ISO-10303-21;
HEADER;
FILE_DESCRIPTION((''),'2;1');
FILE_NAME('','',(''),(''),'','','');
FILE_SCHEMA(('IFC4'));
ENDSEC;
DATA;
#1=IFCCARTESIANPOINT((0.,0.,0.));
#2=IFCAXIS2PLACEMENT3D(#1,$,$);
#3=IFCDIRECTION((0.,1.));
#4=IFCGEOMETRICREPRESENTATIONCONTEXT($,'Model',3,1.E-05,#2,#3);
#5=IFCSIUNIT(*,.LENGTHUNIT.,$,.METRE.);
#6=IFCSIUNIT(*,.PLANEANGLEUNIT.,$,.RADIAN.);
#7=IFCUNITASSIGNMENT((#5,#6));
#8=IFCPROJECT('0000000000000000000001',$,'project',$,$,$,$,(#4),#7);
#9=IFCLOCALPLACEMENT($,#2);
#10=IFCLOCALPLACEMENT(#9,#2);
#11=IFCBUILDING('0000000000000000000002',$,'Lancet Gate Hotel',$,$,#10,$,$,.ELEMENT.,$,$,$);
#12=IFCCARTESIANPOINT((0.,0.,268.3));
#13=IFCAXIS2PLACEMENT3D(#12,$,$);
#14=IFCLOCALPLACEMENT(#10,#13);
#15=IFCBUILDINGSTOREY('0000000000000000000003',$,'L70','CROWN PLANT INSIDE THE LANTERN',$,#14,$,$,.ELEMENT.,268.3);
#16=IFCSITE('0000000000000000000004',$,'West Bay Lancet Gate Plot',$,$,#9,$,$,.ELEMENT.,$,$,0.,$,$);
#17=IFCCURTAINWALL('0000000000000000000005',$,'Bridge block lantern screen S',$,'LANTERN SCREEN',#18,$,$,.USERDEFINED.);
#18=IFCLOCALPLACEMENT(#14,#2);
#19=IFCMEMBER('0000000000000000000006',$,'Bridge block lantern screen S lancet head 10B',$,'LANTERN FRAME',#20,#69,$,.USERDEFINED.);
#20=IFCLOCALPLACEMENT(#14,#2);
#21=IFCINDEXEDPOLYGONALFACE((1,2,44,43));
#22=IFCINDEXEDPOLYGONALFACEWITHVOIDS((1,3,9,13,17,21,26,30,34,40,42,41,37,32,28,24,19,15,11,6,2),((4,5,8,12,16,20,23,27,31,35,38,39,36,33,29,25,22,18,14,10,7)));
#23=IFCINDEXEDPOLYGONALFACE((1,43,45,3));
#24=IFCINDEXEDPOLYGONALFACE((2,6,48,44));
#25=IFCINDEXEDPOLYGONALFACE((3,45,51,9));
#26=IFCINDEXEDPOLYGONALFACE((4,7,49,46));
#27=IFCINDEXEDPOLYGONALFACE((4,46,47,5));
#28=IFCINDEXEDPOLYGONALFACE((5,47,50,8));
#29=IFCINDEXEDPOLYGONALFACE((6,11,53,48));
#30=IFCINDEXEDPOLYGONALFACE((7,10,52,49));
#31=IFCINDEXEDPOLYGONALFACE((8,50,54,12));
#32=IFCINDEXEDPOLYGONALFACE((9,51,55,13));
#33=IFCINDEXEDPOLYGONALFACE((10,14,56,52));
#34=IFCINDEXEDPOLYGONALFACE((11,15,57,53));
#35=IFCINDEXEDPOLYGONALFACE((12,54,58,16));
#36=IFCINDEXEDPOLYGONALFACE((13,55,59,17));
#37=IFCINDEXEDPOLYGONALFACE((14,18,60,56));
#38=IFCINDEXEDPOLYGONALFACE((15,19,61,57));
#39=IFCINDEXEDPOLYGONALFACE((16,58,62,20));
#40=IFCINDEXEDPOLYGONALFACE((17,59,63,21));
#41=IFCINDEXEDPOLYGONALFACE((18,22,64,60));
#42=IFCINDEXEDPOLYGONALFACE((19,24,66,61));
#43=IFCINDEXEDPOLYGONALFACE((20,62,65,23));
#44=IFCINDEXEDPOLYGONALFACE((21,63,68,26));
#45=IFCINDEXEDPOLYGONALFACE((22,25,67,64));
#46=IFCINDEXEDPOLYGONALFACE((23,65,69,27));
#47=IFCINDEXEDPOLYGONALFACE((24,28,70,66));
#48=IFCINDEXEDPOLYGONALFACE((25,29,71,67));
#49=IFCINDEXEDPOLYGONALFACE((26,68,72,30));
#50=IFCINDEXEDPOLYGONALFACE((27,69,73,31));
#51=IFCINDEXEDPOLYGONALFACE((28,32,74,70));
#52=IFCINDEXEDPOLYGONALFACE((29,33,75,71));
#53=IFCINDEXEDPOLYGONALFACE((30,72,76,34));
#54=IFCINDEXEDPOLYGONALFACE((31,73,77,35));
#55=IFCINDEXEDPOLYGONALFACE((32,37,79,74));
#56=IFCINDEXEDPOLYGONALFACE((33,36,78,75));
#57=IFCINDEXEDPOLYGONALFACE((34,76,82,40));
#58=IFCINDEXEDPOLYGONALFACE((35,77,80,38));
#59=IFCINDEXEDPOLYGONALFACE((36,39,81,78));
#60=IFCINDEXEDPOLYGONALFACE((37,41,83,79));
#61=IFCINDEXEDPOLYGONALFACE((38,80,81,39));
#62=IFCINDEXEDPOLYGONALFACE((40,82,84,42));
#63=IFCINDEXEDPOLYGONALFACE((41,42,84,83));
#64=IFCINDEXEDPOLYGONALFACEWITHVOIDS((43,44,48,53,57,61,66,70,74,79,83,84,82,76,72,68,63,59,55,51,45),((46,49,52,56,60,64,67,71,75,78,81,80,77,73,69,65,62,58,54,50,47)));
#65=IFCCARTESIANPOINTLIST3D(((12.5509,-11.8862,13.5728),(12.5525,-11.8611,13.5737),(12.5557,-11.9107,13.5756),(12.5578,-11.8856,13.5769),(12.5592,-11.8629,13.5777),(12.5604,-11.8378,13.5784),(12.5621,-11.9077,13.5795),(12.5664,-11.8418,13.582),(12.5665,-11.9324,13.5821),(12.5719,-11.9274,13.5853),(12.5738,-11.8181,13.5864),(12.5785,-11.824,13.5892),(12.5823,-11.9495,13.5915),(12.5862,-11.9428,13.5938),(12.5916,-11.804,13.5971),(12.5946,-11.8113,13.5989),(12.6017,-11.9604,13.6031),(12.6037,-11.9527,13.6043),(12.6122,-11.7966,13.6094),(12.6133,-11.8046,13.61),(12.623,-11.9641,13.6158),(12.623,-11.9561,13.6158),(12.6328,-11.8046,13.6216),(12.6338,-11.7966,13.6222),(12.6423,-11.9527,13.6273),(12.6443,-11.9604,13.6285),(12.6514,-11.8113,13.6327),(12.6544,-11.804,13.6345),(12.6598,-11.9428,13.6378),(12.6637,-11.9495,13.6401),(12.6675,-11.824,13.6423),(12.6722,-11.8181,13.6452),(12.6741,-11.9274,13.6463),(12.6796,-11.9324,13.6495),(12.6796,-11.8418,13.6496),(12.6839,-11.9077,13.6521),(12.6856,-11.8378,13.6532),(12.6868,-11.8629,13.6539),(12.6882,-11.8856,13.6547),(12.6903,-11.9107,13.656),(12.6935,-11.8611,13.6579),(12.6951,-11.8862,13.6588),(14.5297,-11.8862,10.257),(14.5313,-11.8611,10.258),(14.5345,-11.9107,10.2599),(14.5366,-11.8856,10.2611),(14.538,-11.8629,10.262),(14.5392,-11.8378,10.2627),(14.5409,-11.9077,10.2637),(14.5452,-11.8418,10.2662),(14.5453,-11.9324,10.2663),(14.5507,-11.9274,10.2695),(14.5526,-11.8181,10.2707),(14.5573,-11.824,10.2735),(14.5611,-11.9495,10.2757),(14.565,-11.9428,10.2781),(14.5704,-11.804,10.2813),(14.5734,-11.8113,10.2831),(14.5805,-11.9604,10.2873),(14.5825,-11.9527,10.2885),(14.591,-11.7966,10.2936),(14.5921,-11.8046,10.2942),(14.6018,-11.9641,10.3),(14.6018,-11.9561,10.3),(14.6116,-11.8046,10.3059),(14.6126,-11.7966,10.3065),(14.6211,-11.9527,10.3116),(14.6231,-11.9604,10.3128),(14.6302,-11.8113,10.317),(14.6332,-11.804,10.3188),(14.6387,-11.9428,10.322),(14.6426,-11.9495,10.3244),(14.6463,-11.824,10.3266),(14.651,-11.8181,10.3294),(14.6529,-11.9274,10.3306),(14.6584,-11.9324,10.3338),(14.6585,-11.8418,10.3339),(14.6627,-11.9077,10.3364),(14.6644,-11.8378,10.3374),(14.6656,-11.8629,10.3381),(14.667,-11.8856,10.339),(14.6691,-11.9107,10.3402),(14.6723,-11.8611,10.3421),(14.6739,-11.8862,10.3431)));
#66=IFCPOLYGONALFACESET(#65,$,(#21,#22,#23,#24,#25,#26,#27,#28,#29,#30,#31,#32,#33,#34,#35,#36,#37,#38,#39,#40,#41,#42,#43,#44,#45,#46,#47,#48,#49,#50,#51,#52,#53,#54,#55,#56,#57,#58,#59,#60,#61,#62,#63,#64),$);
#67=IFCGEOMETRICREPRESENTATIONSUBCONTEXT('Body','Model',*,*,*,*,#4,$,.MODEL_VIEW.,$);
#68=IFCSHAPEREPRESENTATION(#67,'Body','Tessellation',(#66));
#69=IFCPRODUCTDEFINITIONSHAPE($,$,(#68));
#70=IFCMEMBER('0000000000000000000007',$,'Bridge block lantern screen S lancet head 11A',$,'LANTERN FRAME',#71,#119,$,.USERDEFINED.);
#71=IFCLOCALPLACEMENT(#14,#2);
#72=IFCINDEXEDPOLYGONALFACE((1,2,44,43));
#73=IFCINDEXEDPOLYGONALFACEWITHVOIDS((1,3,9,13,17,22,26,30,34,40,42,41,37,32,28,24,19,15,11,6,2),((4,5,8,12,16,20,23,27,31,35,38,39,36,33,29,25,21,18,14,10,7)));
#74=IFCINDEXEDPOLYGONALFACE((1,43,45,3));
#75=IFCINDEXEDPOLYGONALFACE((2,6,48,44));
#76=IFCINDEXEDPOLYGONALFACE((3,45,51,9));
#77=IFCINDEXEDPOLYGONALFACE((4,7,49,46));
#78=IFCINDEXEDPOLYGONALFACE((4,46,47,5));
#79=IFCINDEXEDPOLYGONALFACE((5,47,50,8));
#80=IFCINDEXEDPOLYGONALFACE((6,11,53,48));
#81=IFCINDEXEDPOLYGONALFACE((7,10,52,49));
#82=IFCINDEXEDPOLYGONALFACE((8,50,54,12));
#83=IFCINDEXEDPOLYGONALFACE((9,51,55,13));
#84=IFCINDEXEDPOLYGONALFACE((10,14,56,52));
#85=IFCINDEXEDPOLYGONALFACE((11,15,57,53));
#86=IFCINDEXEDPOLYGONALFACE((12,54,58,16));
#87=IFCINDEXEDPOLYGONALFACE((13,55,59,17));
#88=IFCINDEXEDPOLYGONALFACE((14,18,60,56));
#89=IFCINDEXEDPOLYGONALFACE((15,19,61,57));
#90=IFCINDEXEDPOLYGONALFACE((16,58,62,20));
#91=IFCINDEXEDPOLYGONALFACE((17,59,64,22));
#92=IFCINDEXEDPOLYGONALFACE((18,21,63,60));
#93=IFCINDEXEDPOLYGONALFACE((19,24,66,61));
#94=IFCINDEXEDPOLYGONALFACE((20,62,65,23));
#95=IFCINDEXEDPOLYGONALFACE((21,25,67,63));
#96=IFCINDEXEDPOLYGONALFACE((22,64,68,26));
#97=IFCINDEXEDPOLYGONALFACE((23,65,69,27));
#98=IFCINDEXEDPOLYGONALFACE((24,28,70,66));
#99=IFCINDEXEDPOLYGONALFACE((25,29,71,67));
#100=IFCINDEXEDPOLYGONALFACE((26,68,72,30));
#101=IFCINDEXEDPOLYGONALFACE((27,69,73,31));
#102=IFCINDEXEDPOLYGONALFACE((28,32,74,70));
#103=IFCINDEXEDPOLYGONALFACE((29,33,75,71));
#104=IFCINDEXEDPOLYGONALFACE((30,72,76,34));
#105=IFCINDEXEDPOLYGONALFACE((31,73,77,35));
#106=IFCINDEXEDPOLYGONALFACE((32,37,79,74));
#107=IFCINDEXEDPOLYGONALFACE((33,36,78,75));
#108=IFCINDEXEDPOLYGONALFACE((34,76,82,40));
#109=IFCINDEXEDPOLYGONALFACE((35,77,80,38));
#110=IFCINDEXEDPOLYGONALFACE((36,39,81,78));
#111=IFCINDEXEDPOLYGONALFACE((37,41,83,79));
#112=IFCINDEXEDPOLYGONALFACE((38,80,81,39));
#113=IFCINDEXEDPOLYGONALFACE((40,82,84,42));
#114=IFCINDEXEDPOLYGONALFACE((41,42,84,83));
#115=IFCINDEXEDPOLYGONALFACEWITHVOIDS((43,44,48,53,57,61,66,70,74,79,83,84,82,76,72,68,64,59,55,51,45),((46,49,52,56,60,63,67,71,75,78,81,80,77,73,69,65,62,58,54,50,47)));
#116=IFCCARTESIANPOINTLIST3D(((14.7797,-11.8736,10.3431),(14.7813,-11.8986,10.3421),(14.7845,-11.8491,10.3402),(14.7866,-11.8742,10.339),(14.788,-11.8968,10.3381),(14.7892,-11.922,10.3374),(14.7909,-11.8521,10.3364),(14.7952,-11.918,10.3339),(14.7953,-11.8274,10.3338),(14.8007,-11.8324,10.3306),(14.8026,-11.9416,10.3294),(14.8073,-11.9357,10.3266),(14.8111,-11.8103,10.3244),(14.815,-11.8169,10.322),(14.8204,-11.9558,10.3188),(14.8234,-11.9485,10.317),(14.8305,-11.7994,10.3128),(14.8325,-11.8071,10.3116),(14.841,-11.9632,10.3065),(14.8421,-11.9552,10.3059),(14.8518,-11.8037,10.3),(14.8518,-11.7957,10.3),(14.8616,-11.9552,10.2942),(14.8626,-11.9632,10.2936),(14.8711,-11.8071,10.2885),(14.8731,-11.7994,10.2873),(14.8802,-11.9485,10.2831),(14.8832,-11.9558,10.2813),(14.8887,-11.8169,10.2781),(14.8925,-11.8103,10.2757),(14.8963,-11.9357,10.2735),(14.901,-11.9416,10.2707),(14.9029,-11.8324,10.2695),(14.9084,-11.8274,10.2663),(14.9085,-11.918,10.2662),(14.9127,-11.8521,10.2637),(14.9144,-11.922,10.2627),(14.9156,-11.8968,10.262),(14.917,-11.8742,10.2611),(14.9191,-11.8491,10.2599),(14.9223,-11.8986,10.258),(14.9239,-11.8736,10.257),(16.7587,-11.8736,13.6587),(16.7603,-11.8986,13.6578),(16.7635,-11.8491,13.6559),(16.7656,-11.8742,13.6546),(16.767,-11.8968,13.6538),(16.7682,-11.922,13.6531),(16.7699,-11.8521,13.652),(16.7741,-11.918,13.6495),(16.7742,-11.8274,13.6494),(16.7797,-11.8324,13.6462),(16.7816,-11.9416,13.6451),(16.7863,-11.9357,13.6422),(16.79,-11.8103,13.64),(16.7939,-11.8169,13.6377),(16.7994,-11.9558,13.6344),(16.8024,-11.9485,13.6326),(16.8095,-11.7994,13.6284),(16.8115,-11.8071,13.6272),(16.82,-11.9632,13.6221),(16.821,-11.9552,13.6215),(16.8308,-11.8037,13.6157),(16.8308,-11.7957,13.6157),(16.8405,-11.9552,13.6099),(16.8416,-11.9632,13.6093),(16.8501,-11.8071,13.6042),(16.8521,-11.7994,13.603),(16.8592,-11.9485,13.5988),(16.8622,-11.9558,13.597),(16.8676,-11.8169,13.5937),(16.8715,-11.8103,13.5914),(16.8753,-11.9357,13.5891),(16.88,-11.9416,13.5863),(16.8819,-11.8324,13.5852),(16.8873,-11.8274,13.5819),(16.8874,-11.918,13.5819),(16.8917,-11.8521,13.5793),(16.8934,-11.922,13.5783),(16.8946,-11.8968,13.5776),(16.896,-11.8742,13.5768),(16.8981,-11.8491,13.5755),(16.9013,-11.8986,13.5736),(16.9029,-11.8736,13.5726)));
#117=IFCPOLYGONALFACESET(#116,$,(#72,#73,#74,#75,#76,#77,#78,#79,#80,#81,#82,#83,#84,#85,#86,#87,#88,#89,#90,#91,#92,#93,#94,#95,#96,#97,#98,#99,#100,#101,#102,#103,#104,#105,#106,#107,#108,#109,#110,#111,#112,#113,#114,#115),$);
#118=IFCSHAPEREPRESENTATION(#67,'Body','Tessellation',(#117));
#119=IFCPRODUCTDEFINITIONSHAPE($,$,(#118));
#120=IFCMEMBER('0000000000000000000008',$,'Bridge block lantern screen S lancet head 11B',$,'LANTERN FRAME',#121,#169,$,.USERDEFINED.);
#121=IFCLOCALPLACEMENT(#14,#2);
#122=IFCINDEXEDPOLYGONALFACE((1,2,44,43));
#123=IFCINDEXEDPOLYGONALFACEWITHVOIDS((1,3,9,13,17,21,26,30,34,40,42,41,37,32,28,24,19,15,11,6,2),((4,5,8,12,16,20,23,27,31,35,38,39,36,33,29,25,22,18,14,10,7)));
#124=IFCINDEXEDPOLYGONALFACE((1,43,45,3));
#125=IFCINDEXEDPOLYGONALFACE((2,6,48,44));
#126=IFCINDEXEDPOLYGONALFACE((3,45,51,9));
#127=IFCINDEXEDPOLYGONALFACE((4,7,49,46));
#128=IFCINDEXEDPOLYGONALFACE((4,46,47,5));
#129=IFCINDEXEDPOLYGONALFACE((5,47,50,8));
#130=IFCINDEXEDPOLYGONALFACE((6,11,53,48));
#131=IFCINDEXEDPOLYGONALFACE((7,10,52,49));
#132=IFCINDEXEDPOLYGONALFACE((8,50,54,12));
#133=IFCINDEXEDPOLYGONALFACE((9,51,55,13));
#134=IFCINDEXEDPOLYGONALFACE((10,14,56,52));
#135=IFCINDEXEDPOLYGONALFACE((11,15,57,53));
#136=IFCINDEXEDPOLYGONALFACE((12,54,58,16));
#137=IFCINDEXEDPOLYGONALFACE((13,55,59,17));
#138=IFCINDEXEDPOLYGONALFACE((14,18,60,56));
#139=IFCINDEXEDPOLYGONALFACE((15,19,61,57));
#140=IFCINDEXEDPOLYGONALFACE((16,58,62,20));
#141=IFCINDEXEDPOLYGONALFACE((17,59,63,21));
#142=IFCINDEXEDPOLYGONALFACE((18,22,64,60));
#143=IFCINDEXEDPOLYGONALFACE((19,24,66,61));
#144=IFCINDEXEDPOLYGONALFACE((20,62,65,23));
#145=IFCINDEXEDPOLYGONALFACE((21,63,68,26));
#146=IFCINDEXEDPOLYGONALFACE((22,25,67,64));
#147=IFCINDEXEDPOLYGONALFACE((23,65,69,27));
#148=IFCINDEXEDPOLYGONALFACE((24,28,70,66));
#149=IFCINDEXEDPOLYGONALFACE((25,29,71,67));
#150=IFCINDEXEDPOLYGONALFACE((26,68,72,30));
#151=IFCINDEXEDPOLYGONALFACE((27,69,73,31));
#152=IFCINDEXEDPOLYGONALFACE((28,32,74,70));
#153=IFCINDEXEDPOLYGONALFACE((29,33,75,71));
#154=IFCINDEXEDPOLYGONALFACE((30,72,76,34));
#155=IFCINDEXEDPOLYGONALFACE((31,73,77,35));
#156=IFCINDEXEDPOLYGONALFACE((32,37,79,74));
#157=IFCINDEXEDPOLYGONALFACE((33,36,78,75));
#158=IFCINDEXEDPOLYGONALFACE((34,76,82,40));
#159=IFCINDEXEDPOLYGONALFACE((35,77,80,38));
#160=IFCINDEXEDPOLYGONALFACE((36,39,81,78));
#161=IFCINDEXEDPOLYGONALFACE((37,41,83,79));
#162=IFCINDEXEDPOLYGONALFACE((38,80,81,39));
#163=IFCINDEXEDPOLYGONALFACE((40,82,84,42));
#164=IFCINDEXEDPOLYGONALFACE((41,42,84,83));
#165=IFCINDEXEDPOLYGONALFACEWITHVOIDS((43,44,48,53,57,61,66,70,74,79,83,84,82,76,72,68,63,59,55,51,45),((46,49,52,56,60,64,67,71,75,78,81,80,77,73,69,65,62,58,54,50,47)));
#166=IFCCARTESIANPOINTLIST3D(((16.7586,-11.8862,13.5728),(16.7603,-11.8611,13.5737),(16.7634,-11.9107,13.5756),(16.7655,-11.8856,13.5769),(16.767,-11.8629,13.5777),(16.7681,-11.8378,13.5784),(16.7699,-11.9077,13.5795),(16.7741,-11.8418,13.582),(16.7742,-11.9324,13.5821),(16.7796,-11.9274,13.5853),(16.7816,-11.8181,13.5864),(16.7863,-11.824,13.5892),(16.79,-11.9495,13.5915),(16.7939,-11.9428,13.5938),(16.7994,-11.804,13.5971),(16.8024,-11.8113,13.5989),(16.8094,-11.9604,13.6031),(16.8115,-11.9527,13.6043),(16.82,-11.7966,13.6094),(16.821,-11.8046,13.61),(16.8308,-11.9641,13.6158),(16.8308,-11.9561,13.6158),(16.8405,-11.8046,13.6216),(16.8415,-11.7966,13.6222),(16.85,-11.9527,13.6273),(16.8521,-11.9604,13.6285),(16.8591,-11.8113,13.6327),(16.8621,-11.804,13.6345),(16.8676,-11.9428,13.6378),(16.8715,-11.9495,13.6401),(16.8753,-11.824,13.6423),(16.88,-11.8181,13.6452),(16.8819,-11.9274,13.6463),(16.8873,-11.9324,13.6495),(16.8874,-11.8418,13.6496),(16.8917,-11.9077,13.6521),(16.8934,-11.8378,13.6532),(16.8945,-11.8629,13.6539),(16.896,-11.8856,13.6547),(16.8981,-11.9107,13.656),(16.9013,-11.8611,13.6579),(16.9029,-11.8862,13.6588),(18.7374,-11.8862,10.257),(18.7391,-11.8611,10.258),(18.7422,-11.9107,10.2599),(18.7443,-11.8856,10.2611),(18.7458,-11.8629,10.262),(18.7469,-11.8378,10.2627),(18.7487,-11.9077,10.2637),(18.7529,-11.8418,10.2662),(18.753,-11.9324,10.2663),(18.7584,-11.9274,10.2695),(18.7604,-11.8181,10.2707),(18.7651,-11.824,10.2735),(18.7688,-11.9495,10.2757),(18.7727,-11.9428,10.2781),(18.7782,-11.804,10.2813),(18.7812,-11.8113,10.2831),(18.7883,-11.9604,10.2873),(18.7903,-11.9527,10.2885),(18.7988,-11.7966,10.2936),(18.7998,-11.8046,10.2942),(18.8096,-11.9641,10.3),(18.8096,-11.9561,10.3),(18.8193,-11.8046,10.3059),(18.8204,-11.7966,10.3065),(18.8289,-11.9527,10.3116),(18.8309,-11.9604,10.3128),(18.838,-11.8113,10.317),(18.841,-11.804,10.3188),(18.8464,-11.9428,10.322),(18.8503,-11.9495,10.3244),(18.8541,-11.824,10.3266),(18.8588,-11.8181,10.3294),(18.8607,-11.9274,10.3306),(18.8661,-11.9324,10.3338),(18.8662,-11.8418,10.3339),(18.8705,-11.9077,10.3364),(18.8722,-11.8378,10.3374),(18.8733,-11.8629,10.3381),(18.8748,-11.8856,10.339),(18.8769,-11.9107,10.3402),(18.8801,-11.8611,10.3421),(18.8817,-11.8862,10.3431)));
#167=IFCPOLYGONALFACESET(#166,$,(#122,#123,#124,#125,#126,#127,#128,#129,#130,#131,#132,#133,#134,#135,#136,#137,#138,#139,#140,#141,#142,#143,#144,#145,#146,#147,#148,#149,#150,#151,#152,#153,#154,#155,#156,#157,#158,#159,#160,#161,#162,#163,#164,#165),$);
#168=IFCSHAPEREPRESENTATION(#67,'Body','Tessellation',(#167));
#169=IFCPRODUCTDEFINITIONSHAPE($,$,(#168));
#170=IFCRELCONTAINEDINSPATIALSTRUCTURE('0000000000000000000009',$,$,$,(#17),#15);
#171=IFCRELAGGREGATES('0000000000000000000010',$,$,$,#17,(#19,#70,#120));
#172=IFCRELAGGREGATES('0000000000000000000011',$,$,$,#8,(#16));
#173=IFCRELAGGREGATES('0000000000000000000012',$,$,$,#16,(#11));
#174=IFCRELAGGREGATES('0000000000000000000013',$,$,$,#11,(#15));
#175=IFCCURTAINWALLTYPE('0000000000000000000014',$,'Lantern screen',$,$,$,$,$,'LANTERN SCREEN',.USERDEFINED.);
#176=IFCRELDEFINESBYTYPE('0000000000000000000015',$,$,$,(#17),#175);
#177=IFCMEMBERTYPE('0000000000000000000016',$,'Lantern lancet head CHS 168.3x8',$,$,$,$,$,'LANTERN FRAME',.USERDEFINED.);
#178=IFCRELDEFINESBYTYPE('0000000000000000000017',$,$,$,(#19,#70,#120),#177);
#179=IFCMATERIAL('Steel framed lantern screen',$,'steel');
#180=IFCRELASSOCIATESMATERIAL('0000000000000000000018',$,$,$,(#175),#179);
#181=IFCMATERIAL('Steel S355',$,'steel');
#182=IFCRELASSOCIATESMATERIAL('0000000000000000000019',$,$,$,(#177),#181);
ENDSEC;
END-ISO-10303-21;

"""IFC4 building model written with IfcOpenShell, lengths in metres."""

from ifc_helpers import new_model, si_unit, direction, frame, origin, origin_2d, place, context, subcontext, project, spatial, hollow_circle, extrude, material, material_profile, profile_set, type_object, element, aggregate, save


model = new_model("IFC4")

# Units and contexts
model_context = context("Model", 3, precision=1e-05, world=origin(), true_north=direction((0.0, 1.0)))
body_context = subcontext(model_context, "Body", "Model", "MODEL_VIEW")
ifc_project = project(units=[si_unit("LENGTHUNIT", "METRE"), si_unit("PLANEANGLEUNIT", "RADIAN")], contexts=[model_context])

# Site, building, storey
site_placement = place(None, origin())
site = spatial("IfcSite", under=ifc_project, at=site_placement, Name="West Bay Lancet Gate Plot", CompositionType="ELEMENT", RefElevation=0.0)
building_placement = place(site_placement, origin())
building = spatial("IfcBuilding", under=site, at=building_placement, Name="Lancet Gate Hotel", CompositionType="ELEMENT")
storey_placement = place(building_placement, frame((0.0, 0.0, 268.3)))
storey = spatial("IfcBuildingStorey", under=building, at=storey_placement, Name="L70", Description="CROWN PLANT INSIDE THE LANTERN", CompositionType="ELEMENT", Elevation=268.3)

# Curtain wall, members
ifc_material_1 = material(Name="Steel framed lantern screen", Category="steel")
curtain_wall_type_1 = type_object("IfcCurtainWallType", Name="Lantern screen", ElementType="LANTERN SCREEN", PredefinedType="USERDEFINED", material=ifc_material_1)
curtain_wall_1_placement = place(storey_placement, origin())
curtain_wall_1 = element("IfcCurtainWall", 1, at=curtain_wall_1_placement, inside=storey, type_object=curtain_wall_type_1, Name="Bridge block lantern screen S", ObjectType="LANTERN SCREEN", PredefinedType="USERDEFINED")
ifc_material_2 = material(Name="Steel S355", Category="steel")
ifc_material_profile_1 = material_profile(ifc_material_2, hollow_circle(Radius=0.0842, WallThickness=0.0081, at=origin_2d()), Name="CHS 168.3x8.0")
ifc_profile_set_1 = profile_set([ifc_material_profile_1], Name="Steel S355")
member_type_1 = type_object("IfcMemberType", Name="Lantern lancet head CHS 168.3x8", ElementType="LANTERN FRAME", PredefinedType="USERDEFINED", material=ifc_profile_set_1)
member_1_placement = place(storey_placement, frame((14.6018, -11.8799, 10.3), z_axis=(-0.512467, 0.0, 0.858707), x_axis=(0.0, -1.0, 0.0)))
member_1 = element("IfcMember", 2, at=member_1_placement, type_object=member_type_1, Name="Bridge block lantern screen S lancet head 10B", ObjectType="LANTERN FRAME", PredefinedType="USERDEFINED", context=body_context, shape_type="SweptSolid", body=[
    extrude(hollow_circle(Radius=0.0842, WallThickness=0.0081, at=origin_2d()), origin(), (0.0, 0.0, 1.0), 3.8613),
])
member_2_placement = place(storey_placement, frame((14.8518, -11.8799, 10.3), z_axis=(0.512514, 0.0, 0.858679), x_axis=(0.0, 1.0, 0.0)))
member_2 = element("IfcMember", 3, at=member_2_placement, type_object=member_type_1, Name="Bridge block lantern screen S lancet head 11A", ObjectType="LANTERN FRAME", PredefinedType="USERDEFINED", context=body_context, shape_type="SweptSolid", body=[
    extrude(hollow_circle(Radius=0.0842, WallThickness=0.0081, at=origin_2d()), origin(), (0.0, 0.0, 1.0), 3.8613),
])
member_3_placement = place(storey_placement, frame((18.8096, -11.8799, 10.3), z_axis=(-0.512467, 0.0, 0.858707), x_axis=(0.0, -1.0, 0.0)))
member_3 = element("IfcMember", 4, at=member_3_placement, type_object=member_type_1, Name="Bridge block lantern screen S lancet head 11B", ObjectType="LANTERN FRAME", PredefinedType="USERDEFINED", context=body_context, shape_type="SweptSolid", body=[
    extrude(hollow_circle(Radius=0.0842, WallThickness=0.0081, at=origin_2d()), origin(), (0.0, 0.0, 1.0), 3.8613),
])

aggregate(curtain_wall_1, [member_1, member_2, member_3])

save(model, "model.ifc")
